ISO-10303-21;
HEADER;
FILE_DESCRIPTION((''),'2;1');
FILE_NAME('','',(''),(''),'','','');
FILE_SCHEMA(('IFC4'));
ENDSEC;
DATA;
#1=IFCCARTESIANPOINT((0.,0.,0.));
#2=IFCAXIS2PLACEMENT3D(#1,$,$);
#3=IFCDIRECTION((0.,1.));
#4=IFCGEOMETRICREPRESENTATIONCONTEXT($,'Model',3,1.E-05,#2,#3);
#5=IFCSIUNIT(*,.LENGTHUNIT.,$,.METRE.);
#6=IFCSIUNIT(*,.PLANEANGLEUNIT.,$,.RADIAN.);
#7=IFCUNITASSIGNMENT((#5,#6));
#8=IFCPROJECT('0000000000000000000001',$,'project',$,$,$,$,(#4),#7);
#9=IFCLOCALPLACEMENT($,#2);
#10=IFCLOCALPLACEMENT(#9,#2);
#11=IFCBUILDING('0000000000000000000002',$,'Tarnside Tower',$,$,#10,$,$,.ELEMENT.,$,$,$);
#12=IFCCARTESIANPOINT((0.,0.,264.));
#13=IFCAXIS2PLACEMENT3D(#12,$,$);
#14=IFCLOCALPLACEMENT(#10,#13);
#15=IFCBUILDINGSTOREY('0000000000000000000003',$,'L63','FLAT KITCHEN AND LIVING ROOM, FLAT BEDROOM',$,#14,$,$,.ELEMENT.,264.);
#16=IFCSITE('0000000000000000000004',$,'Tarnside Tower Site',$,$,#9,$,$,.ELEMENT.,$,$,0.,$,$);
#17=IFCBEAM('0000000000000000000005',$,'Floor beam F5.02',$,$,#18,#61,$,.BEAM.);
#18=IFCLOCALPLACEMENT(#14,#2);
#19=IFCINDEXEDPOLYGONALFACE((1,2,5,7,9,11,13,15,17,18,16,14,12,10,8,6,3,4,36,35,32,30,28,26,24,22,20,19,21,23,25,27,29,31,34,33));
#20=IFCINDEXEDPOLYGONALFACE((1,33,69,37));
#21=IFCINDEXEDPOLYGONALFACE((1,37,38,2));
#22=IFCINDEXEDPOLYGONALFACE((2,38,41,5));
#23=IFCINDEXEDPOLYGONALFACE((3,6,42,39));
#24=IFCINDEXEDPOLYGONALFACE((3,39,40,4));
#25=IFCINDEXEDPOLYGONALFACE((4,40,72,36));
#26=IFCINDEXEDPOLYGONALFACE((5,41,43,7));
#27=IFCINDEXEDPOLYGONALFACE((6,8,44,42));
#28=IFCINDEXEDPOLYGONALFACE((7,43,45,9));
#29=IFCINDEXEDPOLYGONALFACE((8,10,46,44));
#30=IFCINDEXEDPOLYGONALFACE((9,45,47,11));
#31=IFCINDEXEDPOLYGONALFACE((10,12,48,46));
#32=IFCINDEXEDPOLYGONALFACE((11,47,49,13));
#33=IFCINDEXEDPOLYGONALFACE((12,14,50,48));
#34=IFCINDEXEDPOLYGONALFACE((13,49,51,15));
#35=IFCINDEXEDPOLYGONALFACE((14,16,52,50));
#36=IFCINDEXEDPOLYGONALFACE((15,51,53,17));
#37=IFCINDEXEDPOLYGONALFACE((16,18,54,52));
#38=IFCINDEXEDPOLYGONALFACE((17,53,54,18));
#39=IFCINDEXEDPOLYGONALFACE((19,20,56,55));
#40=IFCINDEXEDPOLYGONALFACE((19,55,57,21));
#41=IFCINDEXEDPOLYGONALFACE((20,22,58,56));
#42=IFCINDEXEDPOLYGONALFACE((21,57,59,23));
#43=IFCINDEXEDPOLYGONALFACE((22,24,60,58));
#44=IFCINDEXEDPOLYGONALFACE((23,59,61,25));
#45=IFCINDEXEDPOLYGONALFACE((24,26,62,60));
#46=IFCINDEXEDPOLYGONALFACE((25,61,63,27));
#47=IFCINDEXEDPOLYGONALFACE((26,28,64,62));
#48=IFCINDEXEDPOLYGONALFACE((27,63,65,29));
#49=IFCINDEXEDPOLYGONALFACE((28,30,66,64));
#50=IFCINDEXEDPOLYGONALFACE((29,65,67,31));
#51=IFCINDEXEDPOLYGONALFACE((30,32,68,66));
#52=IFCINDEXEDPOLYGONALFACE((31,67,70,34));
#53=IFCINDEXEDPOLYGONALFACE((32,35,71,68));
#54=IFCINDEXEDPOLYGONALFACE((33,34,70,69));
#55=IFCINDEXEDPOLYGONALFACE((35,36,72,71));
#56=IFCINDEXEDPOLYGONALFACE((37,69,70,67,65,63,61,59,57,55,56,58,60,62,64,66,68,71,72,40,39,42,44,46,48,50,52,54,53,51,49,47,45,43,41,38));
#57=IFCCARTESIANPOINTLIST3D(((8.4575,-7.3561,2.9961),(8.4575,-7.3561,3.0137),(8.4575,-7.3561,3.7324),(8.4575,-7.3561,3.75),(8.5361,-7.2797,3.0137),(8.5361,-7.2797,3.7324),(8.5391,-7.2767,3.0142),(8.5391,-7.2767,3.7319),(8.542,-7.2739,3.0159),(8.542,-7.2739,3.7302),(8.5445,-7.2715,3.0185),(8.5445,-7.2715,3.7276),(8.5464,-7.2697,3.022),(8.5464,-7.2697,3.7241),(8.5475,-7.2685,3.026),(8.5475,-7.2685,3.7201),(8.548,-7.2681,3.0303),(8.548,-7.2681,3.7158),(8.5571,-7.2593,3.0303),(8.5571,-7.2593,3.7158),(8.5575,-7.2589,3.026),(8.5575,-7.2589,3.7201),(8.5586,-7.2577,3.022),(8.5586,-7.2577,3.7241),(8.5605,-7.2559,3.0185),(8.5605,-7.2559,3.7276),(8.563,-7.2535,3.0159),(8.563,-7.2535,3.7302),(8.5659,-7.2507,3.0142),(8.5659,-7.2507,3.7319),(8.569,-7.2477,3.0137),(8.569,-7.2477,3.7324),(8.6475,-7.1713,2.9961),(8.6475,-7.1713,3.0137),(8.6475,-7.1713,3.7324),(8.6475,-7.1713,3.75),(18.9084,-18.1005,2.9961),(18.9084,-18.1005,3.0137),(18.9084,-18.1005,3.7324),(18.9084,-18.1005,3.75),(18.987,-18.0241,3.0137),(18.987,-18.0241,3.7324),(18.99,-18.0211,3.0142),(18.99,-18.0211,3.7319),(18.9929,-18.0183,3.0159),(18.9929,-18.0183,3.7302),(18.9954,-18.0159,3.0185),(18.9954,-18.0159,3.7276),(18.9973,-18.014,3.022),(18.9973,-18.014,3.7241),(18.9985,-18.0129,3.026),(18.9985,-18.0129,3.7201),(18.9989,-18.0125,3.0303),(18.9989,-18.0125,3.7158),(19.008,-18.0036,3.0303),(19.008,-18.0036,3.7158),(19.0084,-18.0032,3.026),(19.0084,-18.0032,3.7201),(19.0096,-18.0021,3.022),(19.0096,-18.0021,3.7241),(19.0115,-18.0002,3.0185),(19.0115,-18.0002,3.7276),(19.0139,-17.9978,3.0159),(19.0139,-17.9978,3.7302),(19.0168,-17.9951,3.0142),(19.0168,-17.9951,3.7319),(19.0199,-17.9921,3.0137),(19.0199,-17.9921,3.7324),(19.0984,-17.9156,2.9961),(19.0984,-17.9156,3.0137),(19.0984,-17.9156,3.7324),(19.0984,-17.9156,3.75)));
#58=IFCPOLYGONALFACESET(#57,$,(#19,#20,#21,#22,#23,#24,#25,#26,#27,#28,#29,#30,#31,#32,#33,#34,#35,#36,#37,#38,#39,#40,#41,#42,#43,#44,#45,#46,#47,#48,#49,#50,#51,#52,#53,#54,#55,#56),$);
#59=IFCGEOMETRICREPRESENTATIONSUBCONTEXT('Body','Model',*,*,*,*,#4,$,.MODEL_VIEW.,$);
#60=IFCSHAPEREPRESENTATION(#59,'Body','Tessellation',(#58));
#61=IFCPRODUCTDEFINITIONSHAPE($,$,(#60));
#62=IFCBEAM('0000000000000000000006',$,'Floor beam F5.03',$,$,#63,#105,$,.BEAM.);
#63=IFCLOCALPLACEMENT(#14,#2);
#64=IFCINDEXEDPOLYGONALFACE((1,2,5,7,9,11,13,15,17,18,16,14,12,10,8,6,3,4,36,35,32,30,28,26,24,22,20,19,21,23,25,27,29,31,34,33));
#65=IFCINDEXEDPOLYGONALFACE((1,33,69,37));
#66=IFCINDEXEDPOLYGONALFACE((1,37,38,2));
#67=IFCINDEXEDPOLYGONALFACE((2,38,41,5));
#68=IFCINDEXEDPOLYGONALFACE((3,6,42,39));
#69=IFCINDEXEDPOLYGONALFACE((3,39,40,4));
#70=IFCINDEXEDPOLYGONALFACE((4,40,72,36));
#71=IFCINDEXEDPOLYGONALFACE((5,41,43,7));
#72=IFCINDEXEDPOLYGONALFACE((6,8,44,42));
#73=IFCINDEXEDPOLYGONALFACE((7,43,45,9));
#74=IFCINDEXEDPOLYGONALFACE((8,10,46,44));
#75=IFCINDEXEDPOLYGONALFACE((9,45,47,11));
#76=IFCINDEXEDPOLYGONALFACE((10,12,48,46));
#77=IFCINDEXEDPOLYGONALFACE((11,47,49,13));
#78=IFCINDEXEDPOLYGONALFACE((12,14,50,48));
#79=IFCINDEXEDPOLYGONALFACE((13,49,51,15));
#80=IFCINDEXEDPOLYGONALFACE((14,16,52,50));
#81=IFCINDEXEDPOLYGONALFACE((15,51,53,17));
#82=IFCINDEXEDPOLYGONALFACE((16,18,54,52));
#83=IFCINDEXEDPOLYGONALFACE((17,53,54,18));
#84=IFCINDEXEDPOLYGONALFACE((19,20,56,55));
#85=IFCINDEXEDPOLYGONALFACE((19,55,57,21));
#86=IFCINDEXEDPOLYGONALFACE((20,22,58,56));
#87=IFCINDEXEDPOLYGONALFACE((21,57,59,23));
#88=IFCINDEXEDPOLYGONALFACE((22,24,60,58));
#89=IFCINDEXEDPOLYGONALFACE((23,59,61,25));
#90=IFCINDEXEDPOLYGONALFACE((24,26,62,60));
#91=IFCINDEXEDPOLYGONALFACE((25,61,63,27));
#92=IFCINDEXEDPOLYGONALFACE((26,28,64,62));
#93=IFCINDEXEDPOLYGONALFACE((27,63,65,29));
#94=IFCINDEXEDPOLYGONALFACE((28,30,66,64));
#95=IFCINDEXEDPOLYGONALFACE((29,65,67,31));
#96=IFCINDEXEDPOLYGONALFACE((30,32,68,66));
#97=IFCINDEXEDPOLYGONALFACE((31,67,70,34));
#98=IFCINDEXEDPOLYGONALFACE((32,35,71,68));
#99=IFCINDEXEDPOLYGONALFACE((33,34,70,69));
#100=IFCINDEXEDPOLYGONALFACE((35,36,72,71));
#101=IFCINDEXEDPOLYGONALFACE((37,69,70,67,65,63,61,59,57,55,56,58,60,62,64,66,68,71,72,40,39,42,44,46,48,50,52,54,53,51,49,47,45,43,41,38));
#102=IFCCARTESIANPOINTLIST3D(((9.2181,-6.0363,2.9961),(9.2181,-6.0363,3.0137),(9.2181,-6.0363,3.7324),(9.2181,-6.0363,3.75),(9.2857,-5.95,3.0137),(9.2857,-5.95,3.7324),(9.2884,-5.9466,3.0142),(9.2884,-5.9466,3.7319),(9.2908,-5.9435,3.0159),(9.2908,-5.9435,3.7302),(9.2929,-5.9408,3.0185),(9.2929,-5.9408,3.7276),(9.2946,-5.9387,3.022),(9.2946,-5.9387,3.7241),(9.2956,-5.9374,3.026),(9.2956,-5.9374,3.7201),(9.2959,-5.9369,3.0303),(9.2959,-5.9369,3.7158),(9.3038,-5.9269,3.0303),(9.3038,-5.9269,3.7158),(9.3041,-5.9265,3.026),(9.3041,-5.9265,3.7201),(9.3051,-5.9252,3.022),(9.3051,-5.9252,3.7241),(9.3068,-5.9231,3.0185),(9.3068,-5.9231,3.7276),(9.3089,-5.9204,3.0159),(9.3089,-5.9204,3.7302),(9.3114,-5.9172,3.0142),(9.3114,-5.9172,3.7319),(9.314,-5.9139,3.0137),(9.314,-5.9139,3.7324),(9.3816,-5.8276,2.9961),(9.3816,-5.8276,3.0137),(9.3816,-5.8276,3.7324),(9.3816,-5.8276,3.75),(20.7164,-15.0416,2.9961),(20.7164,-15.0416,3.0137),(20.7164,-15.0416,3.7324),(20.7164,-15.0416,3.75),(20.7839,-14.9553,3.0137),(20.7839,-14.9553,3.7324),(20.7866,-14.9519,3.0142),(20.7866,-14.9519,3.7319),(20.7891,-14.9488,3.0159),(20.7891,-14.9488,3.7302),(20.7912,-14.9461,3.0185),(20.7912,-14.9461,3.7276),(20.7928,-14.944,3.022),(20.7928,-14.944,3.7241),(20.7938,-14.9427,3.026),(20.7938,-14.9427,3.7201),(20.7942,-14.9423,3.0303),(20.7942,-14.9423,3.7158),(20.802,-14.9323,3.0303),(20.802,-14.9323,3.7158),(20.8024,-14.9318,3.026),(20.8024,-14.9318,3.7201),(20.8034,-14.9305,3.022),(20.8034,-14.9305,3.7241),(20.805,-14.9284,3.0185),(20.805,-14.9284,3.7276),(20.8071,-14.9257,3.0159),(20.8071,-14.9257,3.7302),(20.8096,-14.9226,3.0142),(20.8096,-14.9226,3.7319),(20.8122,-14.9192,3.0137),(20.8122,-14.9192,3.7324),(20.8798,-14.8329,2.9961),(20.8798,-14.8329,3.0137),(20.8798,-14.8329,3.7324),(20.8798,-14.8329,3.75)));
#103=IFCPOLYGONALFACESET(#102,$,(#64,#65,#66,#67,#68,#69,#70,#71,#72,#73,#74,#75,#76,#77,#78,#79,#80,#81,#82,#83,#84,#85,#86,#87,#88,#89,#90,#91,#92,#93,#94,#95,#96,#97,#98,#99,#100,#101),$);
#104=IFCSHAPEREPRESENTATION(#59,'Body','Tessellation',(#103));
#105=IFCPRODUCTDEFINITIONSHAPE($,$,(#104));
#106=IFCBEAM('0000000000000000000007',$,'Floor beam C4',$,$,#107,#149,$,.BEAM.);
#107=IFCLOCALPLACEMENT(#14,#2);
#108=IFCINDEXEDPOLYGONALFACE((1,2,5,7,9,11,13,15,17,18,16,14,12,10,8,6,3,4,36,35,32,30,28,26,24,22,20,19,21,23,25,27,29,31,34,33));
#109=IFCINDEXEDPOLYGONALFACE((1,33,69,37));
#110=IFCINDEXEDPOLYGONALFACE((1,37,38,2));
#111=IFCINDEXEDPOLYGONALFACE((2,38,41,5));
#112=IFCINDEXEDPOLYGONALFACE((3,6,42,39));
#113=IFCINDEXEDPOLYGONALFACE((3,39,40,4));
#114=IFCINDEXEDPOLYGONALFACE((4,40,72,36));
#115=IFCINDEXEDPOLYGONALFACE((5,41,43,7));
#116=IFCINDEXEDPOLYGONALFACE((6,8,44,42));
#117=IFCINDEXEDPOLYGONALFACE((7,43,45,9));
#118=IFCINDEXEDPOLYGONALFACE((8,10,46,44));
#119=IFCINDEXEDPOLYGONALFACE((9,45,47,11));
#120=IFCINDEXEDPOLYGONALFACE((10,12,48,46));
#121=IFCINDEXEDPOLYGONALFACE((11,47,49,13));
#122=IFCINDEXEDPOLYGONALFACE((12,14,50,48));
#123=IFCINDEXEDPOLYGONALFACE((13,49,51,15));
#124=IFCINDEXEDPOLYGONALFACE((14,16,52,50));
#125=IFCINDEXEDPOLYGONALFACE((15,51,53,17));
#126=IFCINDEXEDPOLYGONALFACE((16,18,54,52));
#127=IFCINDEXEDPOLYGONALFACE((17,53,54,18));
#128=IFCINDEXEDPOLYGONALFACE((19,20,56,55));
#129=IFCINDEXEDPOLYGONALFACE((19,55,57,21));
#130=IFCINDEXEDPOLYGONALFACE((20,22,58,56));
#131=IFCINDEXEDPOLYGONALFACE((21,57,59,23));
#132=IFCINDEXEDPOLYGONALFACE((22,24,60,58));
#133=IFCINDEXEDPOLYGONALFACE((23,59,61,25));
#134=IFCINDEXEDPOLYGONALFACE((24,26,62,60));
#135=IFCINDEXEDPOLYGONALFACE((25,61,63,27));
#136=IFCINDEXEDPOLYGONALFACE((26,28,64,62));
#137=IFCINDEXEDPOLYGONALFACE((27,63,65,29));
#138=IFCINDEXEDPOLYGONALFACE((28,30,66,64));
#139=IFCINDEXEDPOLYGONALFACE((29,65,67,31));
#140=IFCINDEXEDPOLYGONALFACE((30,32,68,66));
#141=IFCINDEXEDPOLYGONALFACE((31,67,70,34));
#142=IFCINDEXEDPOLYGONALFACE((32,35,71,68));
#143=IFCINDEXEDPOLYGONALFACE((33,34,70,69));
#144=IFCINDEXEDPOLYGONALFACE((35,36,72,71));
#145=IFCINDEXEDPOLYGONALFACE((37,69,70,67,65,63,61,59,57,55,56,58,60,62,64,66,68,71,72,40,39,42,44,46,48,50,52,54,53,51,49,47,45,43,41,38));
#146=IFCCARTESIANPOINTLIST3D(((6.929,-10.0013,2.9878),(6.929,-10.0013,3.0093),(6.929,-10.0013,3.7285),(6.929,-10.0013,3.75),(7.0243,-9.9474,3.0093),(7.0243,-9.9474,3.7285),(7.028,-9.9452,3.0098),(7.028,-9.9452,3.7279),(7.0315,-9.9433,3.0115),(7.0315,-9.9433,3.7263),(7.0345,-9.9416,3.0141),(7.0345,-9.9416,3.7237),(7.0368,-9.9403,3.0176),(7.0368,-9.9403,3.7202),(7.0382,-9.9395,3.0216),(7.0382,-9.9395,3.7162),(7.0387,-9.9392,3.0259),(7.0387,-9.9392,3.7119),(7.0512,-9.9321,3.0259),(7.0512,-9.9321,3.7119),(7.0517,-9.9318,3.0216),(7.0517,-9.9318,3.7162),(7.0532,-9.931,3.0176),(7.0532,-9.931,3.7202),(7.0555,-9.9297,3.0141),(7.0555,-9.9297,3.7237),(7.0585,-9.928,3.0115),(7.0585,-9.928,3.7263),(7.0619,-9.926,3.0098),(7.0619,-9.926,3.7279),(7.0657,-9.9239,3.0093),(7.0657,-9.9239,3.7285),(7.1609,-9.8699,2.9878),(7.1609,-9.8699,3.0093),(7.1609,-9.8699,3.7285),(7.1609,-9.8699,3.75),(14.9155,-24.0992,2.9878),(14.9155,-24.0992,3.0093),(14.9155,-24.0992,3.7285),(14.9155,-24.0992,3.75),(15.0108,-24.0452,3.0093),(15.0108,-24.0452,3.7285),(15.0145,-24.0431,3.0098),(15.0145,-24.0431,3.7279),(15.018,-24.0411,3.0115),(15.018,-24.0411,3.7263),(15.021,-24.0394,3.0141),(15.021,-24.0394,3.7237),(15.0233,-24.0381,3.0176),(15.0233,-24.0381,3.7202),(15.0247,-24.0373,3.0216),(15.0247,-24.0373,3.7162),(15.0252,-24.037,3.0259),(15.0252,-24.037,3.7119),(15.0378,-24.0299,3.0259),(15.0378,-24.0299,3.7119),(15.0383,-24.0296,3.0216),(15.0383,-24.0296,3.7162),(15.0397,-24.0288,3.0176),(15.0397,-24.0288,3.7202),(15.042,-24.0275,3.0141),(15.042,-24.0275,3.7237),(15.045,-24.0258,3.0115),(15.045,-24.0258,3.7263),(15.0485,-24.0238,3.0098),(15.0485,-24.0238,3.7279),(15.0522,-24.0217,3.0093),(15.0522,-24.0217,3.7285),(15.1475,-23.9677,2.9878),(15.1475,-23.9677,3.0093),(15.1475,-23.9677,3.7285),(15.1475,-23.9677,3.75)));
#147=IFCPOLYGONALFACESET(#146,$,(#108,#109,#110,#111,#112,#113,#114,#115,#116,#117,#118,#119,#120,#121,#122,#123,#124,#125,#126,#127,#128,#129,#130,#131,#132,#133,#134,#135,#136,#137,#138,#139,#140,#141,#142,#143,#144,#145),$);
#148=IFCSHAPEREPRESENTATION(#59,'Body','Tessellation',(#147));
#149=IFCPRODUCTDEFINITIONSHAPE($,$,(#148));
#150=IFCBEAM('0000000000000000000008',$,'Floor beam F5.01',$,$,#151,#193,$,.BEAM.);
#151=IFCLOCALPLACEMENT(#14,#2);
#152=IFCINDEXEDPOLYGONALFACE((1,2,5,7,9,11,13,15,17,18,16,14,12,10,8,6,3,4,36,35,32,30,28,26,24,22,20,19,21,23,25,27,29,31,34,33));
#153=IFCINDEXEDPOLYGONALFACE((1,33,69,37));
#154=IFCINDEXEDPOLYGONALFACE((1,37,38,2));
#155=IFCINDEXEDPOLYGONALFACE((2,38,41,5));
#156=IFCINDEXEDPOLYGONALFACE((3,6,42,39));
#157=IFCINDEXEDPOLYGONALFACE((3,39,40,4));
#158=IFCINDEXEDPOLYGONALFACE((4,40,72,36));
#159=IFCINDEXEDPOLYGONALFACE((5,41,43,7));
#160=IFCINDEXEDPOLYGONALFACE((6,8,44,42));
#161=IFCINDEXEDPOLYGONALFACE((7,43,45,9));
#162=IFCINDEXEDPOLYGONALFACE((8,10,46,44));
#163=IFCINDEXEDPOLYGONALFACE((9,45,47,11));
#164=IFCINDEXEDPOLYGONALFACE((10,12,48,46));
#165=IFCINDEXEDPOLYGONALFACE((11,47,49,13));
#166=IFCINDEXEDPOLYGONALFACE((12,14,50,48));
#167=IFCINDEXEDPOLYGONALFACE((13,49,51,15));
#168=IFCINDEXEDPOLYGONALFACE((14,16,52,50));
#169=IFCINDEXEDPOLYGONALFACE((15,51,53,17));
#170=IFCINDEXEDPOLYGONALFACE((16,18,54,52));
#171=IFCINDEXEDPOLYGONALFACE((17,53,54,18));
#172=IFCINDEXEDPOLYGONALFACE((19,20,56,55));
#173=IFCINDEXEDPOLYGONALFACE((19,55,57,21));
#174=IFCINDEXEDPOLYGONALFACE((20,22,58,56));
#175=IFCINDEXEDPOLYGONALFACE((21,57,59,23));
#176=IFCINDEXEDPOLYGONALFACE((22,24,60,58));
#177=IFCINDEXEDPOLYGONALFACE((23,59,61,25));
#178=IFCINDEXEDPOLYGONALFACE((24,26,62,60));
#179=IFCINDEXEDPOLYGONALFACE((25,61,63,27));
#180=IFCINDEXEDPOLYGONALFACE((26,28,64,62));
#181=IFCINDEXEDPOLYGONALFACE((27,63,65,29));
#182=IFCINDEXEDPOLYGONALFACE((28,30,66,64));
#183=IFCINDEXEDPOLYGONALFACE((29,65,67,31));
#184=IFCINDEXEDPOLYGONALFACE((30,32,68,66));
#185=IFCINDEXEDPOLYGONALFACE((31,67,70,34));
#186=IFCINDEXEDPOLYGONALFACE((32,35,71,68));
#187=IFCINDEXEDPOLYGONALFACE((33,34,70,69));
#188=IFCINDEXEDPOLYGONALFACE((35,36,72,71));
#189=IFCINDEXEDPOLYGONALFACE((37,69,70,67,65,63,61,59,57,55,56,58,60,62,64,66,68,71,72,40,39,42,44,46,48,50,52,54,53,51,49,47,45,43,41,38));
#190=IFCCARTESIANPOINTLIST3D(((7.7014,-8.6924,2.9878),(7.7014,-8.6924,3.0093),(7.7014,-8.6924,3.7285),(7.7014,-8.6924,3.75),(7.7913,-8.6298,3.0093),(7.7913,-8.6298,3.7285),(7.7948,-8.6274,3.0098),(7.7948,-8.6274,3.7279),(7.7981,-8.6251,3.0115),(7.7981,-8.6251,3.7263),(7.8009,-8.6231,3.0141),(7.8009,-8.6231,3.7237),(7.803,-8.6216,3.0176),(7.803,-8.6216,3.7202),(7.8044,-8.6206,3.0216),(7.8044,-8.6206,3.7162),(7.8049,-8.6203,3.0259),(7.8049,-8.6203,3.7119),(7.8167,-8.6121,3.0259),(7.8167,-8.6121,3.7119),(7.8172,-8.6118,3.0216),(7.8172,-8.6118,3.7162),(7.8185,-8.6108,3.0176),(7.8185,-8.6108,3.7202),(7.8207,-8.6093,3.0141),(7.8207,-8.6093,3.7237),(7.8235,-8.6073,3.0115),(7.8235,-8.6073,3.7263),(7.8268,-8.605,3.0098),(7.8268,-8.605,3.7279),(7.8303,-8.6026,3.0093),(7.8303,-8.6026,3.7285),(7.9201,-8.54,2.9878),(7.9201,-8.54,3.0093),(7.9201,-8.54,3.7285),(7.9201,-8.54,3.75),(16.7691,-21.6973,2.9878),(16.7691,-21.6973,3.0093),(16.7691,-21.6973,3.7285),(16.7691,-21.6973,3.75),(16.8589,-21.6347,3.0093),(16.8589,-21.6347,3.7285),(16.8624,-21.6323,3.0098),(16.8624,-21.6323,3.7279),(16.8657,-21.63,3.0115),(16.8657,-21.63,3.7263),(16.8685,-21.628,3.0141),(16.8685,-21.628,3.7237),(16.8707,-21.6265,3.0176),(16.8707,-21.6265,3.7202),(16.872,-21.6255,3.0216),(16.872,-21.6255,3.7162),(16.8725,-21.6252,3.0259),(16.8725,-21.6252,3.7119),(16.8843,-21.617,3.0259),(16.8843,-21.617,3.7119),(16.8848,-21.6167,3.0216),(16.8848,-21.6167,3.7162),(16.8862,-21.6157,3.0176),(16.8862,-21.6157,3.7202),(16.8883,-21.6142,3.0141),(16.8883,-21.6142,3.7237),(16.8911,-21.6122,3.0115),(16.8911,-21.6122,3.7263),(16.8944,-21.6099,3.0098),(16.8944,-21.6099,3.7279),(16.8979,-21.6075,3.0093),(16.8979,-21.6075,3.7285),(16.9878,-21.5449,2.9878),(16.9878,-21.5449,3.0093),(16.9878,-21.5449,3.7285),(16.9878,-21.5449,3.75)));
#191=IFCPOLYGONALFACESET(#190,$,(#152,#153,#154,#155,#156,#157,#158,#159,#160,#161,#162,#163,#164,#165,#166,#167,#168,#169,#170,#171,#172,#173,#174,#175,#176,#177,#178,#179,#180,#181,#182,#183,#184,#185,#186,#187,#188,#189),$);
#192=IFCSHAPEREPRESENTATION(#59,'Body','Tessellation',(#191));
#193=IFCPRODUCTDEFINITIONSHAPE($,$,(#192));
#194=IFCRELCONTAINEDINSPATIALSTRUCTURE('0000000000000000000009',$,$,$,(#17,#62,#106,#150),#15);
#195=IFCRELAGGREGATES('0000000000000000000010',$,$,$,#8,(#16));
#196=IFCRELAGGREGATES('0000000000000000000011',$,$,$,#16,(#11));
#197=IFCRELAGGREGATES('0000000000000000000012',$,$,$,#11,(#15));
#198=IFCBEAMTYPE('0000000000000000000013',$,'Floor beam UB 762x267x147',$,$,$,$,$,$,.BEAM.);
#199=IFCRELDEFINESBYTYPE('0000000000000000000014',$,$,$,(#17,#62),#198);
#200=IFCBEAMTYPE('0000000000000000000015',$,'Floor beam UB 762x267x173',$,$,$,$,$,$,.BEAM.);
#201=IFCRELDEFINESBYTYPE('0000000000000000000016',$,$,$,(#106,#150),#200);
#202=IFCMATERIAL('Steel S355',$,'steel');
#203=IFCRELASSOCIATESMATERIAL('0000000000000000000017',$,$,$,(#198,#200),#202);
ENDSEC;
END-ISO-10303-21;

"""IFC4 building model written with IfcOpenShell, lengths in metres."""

from ifc_helpers import new_model, si_unit, direction, frame, origin, origin_2d, place, context, subcontext, project, spatial, i_section, extrude, material, material_profile, profile_set, type_object, element, save


model = new_model("IFC4")

# Units and contexts
model_context = context("Model", 3, precision=1e-05, world=origin(), true_north=direction((0.0, 1.0)))
body_context = subcontext(model_context, "Body", "Model", "MODEL_VIEW")
ifc_project = project(units=[si_unit("LENGTHUNIT", "METRE"), si_unit("PLANEANGLEUNIT", "RADIAN")], contexts=[model_context])

# Site, building, storey
site_placement = place(None, origin())
site = spatial("IfcSite", under=ifc_project, at=site_placement, Name="Tarnside Tower Site", CompositionType="ELEMENT", RefElevation=0.0)
building_placement = place(site_placement, origin())
building = spatial("IfcBuilding", under=site, at=building_placement, Name="Tarnside Tower", CompositionType="ELEMENT")
storey_placement = place(building_placement, frame((0.0, 0.0, 264.0)))
storey = spatial("IfcBuildingStorey", under=building, at=storey_placement, Name="L63", Description="FLAT KITCHEN AND LIVING ROOM, FLAT BEDROOM", CompositionType="ELEMENT", Elevation=264.0)

# Beams
ifc_material_1 = material(Name="Steel S355", Category="steel")
ifc_material_profile_1 = material_profile(ifc_material_1, i_section(OverallWidth=0.2651, OverallDepth=0.7539, WebThickness=0.0127, FlangeThickness=0.0176, FilletRadius=0.0166, at=origin_2d()), Name="UB 762x267x147")
ifc_profile_set_1 = profile_set([ifc_material_profile_1], Name="Steel S355")
beam_type_1 = type_object("IfcBeamType", Name="Floor beam UB 762x267x147", PredefinedType="BEAM", material=ifc_profile_set_1)
beam_1_placement = place(storey_placement, frame((19.0034, -18.0081, 3.373), z_axis=(-0.69725, 0.716828, 0.0), x_axis=(-0.716828, -0.69725, 0.0)))
element("IfcBeam", 1, at=beam_1_placement, inside=storey, type_object=beam_type_1, Name="Floor beam F5.02", PredefinedType="BEAM", context=body_context, shape_type="SweptSolid", body=[
    extrude(i_section(OverallWidth=0.2651, OverallDepth=0.7539, WebThickness=0.0127, FlangeThickness=0.0176, FilletRadius=0.0166, at=origin_2d()), origin(), (0.0, 0.0, 1.0), 14.9888),
])
beam_2_placement = place(storey_placement, frame((20.7981, -14.9373, 3.373), z_axis=(-0.787282, 0.616593, 0.0), x_axis=(-0.616593, -0.787282, 0.0)))
element("IfcBeam", 2, at=beam_2_placement, inside=storey, type_object=beam_type_1, Name="Floor beam F5.03", PredefinedType="BEAM", context=body_context, shape_type="SweptSolid", body=[
    extrude(i_section(OverallWidth=0.2651, OverallDepth=0.7539, WebThickness=0.0127, FlangeThickness=0.0176, FilletRadius=0.0166, at=origin_2d()), origin(), (0.0, 0.0, 1.0), 14.605),
])
ifc_material_profile_2 = material_profile(ifc_material_1, i_section(OverallWidth=0.2666, OverallDepth=0.7622, WebThickness=0.0144, FlangeThickness=0.0215, FilletRadius=0.0166, at=origin_2d()), Name="UB 762x267x173")
ifc_profile_set_2 = profile_set([ifc_material_profile_2], Name="Steel S355")
beam_type_2 = type_object("IfcBeamType", Name="Floor beam UB 762x267x173", PredefinedType="BEAM", material=ifc_profile_set_2)
beam_3_placement = place(storey_placement, frame((15.0315, -24.0334, 3.3689), z_axis=(-0.492908, 0.870081, 0.0), x_axis=(-0.870081, -0.492908, 0.0)))
element("IfcBeam", 3, at=beam_3_placement, inside=storey, type_object=beam_type_2, Name="Floor beam C4", PredefinedType="BEAM", context=body_context, shape_type="SweptSolid", body=[
    extrude(i_section(OverallWidth=0.2666, OverallDepth=0.7622, WebThickness=0.0144, FlangeThickness=0.0215, FilletRadius=0.0166, at=origin_2d()), origin(), (0.0, 0.0, 1.0), 16.2029),
])
beam_4_placement = place(storey_placement, frame((16.8784, -21.6211, 3.3689), z_axis=(-0.571946, 0.820291, 0.0), x_axis=(-0.820291, -0.571946, 0.0)))
element("IfcBeam", 4, at=beam_4_placement, inside=storey, type_object=beam_type_2, Name="Floor beam F5.01", PredefinedType="BEAM", context=body_context, shape_type="SweptSolid", body=[
    extrude(i_section(OverallWidth=0.2666, OverallDepth=0.7622, WebThickness=0.0144, FlangeThickness=0.0215, FilletRadius=0.0166, at=origin_2d()), origin(), (0.0, 0.0, 1.0), 15.854),
])

save(model, "model.ifc")
